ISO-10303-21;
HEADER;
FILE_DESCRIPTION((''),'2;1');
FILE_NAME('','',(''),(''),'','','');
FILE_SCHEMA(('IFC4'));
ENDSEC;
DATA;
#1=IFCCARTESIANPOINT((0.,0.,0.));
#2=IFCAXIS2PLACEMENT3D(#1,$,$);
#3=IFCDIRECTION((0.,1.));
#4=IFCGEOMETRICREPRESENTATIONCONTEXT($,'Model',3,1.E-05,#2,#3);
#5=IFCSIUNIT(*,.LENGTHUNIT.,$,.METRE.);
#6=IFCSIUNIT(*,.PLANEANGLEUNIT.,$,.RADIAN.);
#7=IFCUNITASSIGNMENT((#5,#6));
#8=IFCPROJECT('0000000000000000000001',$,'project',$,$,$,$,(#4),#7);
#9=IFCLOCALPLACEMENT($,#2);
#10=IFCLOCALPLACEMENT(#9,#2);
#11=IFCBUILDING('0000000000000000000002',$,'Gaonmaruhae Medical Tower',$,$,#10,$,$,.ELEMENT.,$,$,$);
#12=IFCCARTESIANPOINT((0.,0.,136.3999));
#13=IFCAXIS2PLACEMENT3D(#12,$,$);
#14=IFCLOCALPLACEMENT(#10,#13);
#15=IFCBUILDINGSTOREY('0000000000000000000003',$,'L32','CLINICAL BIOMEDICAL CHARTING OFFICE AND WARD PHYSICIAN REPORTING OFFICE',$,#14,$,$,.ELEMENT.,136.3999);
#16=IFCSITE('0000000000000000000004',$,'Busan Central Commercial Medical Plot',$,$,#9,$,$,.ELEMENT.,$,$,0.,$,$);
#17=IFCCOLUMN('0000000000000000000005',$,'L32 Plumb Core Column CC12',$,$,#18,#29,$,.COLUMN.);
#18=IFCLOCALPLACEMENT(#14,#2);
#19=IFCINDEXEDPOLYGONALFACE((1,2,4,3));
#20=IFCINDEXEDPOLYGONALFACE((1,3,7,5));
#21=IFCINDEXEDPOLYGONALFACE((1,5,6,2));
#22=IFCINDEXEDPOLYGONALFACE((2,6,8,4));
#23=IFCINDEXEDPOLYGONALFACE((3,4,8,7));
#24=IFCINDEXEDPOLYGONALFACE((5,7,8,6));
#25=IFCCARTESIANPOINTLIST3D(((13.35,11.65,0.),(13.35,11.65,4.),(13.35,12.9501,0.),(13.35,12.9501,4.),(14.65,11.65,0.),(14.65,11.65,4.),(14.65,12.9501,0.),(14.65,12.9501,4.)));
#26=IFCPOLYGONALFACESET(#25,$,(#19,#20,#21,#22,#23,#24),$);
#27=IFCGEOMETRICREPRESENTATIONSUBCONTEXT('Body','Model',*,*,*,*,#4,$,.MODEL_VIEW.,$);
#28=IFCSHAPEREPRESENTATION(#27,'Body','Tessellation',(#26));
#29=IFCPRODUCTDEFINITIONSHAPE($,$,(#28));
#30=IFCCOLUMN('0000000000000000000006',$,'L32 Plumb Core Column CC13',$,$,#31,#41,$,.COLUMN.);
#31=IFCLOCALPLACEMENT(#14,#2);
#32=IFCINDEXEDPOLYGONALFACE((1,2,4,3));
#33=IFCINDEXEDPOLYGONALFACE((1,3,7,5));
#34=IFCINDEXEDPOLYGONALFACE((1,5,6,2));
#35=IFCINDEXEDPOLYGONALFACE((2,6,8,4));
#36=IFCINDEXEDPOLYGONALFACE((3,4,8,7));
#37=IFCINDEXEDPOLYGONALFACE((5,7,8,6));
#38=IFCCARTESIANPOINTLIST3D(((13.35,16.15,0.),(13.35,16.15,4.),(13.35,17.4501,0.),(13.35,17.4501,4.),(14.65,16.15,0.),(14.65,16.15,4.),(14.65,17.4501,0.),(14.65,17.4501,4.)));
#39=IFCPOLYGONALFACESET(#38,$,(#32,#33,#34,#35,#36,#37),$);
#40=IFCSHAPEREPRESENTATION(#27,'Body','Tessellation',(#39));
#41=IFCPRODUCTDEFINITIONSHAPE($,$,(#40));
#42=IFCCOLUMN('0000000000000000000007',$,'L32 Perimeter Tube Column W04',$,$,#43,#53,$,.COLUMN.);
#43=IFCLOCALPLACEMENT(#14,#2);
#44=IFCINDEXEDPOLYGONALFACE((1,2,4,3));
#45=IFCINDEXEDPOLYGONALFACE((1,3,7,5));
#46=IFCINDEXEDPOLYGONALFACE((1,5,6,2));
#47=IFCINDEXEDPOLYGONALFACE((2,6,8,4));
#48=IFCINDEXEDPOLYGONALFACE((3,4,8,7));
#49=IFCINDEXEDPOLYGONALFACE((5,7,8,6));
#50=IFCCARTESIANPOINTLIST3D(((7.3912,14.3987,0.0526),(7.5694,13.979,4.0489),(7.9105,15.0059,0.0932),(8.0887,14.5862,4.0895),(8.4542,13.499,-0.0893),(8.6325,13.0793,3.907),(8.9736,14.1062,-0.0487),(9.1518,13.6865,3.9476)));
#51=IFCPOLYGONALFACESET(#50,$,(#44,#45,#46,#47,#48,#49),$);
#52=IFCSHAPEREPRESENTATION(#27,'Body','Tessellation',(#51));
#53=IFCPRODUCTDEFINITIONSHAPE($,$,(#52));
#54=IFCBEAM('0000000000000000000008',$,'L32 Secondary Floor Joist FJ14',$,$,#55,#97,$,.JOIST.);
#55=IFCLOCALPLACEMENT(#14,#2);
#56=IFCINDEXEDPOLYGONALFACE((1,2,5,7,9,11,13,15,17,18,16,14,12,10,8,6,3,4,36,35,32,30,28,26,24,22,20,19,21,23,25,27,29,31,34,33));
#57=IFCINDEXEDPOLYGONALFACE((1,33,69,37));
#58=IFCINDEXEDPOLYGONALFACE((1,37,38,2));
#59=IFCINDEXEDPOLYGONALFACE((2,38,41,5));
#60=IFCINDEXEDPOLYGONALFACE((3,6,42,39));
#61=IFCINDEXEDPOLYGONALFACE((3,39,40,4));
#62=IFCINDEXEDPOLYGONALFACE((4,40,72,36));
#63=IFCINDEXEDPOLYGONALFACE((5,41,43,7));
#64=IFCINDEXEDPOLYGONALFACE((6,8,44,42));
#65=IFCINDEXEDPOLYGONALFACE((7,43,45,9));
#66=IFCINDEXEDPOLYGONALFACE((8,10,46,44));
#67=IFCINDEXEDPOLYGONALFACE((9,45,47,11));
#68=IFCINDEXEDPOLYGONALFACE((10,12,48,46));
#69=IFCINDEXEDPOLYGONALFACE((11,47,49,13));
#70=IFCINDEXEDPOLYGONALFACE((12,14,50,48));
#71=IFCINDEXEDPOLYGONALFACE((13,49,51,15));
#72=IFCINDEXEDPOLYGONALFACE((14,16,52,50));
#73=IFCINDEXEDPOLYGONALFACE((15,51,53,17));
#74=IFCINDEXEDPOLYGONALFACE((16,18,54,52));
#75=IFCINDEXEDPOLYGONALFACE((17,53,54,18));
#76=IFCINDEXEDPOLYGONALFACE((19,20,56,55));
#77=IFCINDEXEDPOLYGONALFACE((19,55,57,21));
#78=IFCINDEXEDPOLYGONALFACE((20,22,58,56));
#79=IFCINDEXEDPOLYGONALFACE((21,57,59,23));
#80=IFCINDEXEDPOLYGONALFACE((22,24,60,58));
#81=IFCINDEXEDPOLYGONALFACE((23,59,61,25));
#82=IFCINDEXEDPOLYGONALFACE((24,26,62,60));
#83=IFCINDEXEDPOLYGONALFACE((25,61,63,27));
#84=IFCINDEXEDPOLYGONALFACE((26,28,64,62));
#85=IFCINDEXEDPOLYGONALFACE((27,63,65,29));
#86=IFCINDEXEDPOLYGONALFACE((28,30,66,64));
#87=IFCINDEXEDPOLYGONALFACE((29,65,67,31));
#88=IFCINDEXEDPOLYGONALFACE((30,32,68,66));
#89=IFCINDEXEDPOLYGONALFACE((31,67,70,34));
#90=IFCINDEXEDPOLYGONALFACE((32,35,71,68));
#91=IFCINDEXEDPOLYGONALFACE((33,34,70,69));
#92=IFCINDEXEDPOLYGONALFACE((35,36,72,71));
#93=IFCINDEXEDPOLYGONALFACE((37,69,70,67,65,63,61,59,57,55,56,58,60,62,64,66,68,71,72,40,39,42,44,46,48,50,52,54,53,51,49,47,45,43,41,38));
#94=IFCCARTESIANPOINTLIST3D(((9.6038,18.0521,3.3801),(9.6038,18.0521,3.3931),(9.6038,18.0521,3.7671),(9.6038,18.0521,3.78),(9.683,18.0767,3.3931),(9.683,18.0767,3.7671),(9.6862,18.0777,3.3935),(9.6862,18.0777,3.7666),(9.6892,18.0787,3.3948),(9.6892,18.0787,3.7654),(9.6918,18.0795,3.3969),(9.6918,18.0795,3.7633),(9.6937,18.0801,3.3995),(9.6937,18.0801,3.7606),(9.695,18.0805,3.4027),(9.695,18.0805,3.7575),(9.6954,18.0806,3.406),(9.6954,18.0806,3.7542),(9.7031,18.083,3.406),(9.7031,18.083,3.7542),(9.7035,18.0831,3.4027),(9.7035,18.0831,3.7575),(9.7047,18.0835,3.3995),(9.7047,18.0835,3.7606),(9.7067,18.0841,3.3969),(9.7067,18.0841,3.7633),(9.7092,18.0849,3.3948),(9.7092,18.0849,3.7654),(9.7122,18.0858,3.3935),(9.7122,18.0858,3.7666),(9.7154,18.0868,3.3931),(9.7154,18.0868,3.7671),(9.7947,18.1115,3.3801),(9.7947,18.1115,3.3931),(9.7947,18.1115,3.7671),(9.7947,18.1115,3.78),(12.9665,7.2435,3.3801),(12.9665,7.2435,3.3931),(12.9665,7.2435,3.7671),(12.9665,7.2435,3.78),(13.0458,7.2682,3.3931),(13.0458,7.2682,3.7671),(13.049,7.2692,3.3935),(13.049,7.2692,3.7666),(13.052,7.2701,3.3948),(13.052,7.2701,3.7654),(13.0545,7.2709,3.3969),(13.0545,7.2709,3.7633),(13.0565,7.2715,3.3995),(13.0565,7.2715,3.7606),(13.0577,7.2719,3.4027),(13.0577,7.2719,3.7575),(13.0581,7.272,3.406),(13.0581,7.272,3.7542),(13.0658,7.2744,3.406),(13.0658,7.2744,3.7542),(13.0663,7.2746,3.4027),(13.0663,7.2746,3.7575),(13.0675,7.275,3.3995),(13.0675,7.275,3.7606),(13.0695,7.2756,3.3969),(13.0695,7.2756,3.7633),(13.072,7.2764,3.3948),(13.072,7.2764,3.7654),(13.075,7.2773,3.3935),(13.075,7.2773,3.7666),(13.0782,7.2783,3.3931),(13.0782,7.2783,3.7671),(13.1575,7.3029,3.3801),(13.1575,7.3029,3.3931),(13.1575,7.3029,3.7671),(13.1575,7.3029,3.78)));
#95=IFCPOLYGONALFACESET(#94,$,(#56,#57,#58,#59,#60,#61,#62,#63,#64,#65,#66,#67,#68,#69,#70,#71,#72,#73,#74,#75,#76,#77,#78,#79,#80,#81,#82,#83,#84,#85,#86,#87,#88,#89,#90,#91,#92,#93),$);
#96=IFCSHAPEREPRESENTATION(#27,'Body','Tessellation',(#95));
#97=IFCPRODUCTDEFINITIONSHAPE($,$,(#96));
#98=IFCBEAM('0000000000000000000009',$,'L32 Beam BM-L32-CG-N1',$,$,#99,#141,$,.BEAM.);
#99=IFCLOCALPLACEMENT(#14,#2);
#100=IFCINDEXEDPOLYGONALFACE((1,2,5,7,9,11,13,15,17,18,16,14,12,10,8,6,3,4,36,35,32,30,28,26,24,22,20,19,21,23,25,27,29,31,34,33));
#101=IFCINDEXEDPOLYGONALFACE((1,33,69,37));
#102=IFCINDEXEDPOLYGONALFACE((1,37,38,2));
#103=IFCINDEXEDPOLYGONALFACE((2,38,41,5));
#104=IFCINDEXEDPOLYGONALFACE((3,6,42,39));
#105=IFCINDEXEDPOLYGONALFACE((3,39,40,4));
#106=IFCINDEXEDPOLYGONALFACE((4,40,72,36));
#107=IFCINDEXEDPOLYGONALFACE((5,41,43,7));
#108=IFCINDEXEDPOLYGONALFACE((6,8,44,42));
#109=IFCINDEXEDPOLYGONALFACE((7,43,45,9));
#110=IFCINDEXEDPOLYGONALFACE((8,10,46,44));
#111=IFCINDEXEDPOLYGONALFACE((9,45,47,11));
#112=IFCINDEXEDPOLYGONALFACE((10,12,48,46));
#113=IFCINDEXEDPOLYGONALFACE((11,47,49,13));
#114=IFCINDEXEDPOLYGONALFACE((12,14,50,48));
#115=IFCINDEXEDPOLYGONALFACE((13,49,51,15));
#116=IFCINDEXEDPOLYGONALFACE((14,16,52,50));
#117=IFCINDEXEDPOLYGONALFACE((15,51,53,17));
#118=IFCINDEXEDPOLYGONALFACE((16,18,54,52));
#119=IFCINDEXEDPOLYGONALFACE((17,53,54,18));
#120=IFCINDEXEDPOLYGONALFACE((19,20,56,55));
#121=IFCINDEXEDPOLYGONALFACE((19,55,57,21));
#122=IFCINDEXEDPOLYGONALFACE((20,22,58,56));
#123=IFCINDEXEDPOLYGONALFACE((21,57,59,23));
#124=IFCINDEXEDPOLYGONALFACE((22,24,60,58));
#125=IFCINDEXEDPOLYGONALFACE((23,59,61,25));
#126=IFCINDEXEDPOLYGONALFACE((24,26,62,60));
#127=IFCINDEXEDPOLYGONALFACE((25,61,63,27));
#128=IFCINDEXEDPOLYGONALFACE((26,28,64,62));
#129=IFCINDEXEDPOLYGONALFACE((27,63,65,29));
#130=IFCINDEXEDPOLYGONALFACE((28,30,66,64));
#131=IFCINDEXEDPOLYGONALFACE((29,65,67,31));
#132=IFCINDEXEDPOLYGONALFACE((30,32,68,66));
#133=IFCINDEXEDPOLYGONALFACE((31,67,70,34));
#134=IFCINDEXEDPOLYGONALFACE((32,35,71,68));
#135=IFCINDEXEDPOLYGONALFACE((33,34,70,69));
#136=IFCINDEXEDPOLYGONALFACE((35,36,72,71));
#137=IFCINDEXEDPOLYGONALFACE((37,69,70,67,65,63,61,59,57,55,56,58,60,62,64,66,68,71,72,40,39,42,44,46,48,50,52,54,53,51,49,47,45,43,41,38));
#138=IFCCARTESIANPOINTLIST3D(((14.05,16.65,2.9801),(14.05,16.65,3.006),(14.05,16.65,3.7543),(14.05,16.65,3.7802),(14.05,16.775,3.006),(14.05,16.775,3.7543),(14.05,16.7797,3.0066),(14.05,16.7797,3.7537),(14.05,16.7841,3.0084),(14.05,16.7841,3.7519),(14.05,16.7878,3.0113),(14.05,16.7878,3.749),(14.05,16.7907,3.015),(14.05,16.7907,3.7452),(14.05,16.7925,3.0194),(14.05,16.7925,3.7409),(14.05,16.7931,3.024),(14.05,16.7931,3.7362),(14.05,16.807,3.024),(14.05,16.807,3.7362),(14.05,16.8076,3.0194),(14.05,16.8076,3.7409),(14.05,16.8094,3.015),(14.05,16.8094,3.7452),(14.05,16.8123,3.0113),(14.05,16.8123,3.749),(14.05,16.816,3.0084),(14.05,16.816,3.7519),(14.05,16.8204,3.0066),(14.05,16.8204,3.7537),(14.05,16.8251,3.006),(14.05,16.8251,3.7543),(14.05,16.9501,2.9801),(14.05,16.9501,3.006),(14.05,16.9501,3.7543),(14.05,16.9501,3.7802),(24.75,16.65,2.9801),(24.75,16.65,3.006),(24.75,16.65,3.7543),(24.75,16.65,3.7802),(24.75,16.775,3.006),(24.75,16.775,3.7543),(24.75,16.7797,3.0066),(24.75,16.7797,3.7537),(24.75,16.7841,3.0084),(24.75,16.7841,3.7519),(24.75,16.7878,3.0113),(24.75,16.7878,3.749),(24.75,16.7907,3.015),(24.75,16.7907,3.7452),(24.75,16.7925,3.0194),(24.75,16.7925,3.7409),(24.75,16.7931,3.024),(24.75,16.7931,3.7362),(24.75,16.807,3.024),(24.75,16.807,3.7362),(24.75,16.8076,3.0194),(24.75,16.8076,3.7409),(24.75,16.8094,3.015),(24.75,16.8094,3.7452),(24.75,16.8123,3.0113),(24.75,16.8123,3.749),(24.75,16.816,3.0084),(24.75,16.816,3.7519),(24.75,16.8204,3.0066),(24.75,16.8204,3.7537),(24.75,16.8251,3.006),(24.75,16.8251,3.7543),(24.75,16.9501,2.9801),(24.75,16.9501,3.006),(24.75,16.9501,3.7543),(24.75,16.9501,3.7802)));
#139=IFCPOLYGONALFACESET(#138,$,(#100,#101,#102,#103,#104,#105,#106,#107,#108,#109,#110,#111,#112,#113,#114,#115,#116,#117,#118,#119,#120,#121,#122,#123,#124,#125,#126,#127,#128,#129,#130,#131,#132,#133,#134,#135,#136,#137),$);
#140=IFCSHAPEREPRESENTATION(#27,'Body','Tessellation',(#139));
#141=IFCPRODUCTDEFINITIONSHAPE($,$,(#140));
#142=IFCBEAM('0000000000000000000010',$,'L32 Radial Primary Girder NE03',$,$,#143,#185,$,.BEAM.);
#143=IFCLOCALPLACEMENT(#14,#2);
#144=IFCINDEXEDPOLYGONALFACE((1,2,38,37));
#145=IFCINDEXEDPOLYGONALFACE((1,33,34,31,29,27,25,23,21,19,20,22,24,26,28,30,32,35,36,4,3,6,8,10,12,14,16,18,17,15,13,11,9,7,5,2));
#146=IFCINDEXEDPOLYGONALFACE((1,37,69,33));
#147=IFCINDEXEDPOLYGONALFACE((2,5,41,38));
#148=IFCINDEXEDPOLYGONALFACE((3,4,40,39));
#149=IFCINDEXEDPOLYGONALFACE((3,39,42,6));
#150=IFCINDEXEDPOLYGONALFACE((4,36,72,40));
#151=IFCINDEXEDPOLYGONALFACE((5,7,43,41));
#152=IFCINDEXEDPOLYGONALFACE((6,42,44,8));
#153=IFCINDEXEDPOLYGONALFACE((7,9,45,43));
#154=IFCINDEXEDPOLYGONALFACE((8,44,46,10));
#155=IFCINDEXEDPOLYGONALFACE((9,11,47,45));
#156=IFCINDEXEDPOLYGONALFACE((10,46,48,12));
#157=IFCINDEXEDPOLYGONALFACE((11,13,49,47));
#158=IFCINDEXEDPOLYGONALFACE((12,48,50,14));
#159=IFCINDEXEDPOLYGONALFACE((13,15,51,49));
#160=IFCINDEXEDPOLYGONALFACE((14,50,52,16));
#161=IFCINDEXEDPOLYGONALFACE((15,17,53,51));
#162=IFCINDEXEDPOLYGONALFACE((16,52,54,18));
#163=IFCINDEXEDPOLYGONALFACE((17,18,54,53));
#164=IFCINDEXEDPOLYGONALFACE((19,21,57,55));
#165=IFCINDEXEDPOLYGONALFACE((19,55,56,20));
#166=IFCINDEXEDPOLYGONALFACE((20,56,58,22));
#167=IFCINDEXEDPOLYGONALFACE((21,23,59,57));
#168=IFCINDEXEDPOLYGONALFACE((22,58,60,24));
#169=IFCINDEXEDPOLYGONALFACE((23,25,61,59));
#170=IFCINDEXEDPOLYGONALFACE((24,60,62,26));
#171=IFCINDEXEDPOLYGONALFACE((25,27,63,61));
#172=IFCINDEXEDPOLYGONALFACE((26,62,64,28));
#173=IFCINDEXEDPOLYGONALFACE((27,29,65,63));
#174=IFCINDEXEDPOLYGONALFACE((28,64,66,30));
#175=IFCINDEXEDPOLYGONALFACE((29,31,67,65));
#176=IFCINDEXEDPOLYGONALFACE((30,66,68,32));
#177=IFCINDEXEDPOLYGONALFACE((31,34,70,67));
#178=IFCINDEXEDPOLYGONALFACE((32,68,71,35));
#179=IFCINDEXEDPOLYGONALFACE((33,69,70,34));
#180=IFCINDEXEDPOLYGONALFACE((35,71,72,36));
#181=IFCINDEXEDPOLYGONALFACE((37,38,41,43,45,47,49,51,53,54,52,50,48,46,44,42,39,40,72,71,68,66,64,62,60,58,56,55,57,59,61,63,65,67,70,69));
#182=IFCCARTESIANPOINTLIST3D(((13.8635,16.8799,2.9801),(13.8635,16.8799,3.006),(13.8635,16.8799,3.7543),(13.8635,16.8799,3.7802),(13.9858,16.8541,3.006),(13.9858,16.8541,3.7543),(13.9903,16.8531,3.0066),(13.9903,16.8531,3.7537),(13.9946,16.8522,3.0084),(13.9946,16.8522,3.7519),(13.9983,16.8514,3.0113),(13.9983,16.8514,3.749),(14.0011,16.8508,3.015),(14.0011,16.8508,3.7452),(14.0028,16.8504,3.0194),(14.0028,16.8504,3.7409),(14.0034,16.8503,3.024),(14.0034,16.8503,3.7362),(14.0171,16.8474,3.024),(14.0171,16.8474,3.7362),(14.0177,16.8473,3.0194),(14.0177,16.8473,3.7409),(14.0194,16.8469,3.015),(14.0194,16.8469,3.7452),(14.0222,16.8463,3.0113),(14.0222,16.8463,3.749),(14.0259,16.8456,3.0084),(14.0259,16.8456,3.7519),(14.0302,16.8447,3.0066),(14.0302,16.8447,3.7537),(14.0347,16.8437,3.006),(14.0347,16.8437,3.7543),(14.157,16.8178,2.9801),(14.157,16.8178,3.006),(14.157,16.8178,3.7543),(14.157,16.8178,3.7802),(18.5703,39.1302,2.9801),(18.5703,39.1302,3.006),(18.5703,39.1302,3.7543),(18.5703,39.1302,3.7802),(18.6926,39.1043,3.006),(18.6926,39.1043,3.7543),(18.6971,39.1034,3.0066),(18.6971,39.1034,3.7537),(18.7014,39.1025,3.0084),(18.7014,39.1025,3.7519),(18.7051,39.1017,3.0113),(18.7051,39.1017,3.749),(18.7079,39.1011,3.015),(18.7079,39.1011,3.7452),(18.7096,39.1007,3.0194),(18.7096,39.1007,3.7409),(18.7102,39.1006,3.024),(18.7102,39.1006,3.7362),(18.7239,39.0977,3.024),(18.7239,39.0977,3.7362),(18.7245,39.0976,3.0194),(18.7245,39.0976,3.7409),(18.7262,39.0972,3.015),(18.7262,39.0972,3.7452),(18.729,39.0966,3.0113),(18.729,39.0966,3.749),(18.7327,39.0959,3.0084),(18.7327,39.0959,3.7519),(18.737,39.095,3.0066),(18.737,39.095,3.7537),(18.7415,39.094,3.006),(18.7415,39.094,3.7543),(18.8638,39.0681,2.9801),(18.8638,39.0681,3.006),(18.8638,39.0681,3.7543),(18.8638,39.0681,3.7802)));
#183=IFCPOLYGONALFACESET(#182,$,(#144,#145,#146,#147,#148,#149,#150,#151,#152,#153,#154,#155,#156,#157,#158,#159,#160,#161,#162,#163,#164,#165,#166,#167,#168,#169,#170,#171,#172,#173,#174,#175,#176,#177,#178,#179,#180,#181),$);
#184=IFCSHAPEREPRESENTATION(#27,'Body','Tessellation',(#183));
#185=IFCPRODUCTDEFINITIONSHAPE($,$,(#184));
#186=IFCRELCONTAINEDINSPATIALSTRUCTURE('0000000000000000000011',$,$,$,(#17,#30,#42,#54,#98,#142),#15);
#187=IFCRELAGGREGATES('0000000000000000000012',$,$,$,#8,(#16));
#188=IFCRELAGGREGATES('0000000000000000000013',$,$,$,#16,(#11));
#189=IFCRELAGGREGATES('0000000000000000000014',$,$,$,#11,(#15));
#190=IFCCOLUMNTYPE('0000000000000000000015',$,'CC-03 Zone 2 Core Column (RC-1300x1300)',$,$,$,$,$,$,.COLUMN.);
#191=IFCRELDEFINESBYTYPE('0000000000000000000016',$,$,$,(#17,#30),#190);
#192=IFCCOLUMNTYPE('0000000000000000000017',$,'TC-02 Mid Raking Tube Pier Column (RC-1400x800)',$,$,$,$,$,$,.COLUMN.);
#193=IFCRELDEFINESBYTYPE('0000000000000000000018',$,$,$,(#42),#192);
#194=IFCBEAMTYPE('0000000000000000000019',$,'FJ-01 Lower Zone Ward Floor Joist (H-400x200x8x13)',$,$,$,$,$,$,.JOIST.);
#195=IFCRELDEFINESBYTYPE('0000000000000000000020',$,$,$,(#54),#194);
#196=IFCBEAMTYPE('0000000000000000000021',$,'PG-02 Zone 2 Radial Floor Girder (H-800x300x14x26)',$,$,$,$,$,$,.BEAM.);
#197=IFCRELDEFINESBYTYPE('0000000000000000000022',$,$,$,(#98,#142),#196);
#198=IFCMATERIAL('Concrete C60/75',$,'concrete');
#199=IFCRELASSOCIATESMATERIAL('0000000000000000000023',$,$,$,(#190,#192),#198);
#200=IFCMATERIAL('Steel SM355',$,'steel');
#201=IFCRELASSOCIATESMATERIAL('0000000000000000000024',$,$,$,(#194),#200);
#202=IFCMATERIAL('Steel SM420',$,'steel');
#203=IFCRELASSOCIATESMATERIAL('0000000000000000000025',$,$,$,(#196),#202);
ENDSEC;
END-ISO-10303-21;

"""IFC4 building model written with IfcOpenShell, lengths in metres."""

from ifc_helpers import new_model, si_unit, direction, frame, origin, origin_2d, place, context, subcontext, project, spatial, rectangle, i_section, extrude, material, material_profile, profile_set, type_object, element, save


model = new_model("IFC4")

# Units and contexts
model_context = context("Model", 3, precision=1e-05, world=origin(), true_north=direction((0.0, 1.0)))
body_context = subcontext(model_context, "Body", "Model", "MODEL_VIEW")
ifc_project = project(units=[si_unit("LENGTHUNIT", "METRE"), si_unit("PLANEANGLEUNIT", "RADIAN")], contexts=[model_context])

# Site, building, storey
site_placement = place(None, origin())
site = spatial("IfcSite", under=ifc_project, at=site_placement, Name="Busan Central Commercial Medical Plot", CompositionType="ELEMENT", RefElevation=0.0)
building_placement = place(site_placement, origin())
building = spatial("IfcBuilding", under=site, at=building_placement, Name="Gaonmaruhae Medical Tower", CompositionType="ELEMENT")
storey_placement = place(building_placement, frame((0.0, 0.0, 136.3999)))
storey = spatial("IfcBuildingStorey", under=building, at=storey_placement, Name="L32", Description="CLINICAL BIOMEDICAL CHARTING OFFICE AND WARD PHYSICIAN REPORTING OFFICE", CompositionType="ELEMENT", Elevation=136.3999)

# Columns
ifc_material_1 = material(Name="Concrete C60/75", Category="concrete")
ifc_material_profile_1 = material_profile(ifc_material_1, rectangle(XDim=1.3, YDim=1.3, at=origin_2d()), Name="RC-1300x1300")
ifc_profile_set_1 = profile_set([ifc_material_profile_1], Name="Concrete C60/75")
column_type_1 = type_object("IfcColumnType", Name="CC-03 Zone 2 Core Column (RC-1300x1300)", PredefinedType="COLUMN", material=ifc_profile_set_1)
for number, where, z_axis, x_axis, name in (
    (1, (14.0, 12.3, 0.0), (0.0, 0.0, 1.0), (1.0, 0.0, 0.0), "L32 Plumb Core Column CC12"),
    (2, (14.0, 16.8, 0.0), (0.0, 0.0, 1.0), (1.0, 0.0, 0.0), "L32 Plumb Core Column CC13"),
):
    element("IfcColumn", number, at=place(storey_placement, frame(where, z_axis=z_axis, x_axis=x_axis)), inside=storey, type_object=column_type_1, Name=name, PredefinedType="COLUMN", context=body_context, shape_type="SweptSolid", body=[
        extrude(rectangle(XDim=1.3, YDim=1.3, at=origin_2d()), origin(), (0.0, 0.0, 1.0), 4.0),
    ])
ifc_material_profile_2 = material_profile(ifc_material_1, rectangle(XDim=1.3999, YDim=0.8, at=origin_2d()), Name="RC-1400x800")
ifc_profile_set_2 = profile_set([ifc_material_profile_2], Name="Concrete C60/75")
column_type_2 = type_object("IfcColumnType", Name="TC-02 Mid Raking Tube Pier Column (RC-1400x800)", PredefinedType="COLUMN", material=ifc_profile_set_2)
column_placement = place(storey_placement, frame((8.1824, 14.2524, 0.002), z_axis=(0.044309, -0.104339, 0.993554), x_axis=(-0.75939, 0.642692, 0.101359)))
element("IfcColumn", 3, at=column_placement, inside=storey, type_object=column_type_2, Name="L32 Perimeter Tube Column W04", PredefinedType="COLUMN", context=body_context, shape_type="SweptSolid", body=[
    extrude(rectangle(XDim=1.3999, YDim=0.8, at=origin_2d()), origin(), (0.0, 0.0, 1.0), 4.0222),
])

# Beams
ifc_material_2 = material(Name="Steel SM355", Category="steel")
ifc_material_profile_3 = material_profile(ifc_material_2, i_section(OverallWidth=0.2, OverallDepth=0.3999, WebThickness=0.0081, FlangeThickness=0.0129, FilletRadius=0.0129, at=origin_2d()), Name="H-400x200x8x13")
ifc_profile_set_3 = profile_set([ifc_material_profile_3], Name="Steel SM355")
beam_type_1 = type_object("IfcBeamType", Name="FJ-01 Lower Zone Ward Floor Joist (H-400x200x8x13)", PredefinedType="JOIST", material=ifc_profile_set_3)
beam_1_placement = place(storey_placement, frame((9.6992, 18.0818, 3.5801), z_axis=(0.297076, -0.954854, 0.0), x_axis=(0.954854, 0.297076, 0.0)))
element("IfcBeam", 4, at=beam_1_placement, inside=storey, type_object=beam_type_1, Name="L32 Secondary Floor Joist FJ14", PredefinedType="JOIST", context=body_context, shape_type="SweptSolid", body=[
    extrude(i_section(OverallWidth=0.2, OverallDepth=0.3999, WebThickness=0.0081, FlangeThickness=0.0129, FilletRadius=0.0129, at=origin_2d()), origin(), (0.0, 0.0, 1.0), 11.3196),
])
ifc_material_3 = material(Name="Steel SM420", Category="steel")
ifc_material_profile_4 = material_profile(ifc_material_3, i_section(OverallWidth=0.3, OverallDepth=0.8, WebThickness=0.0139, FlangeThickness=0.0259, FilletRadius=0.0181, at=origin_2d()), Name="H-800x300x14x26")
ifc_profile_set_4 = profile_set([ifc_material_profile_4], Name="Steel SM420")
beam_type_2 = type_object("IfcBeamType", Name="PG-02 Zone 2 Radial Floor Girder (H-800x300x14x26)", PredefinedType="BEAM", material=ifc_profile_set_4)
beam_2_placement = place(storey_placement, frame((14.05, 16.8, 3.3801), z_axis=(1.0, 0.0, 0.0), x_axis=(0.0, 1.0, 0.0)))
element("IfcBeam", 5, at=beam_2_placement, inside=storey, type_object=beam_type_2, Name="L32 Beam BM-L32-CG-N1", PredefinedType="BEAM", context=body_context, shape_type="SweptSolid", body=[
    extrude(i_section(OverallWidth=0.3, OverallDepth=0.8, WebThickness=0.0139, FlangeThickness=0.0259, FilletRadius=0.0181, at=origin_2d()), origin(), (0.0, 0.0, 1.0), 10.7),
])
beam_3_placement = place(storey_placement, frame((14.0103, 16.8489, 3.3801), z_axis=(0.206959, 0.97835, 0.0), x_axis=(-0.97835, 0.206959, 0.0)))
element("IfcBeam", 6, at=beam_3_placement, inside=storey, type_object=beam_type_2, Name="L32 Radial Primary Girder NE03", PredefinedType="BEAM", context=body_context, shape_type="SweptSolid", body=[
    extrude(i_section(OverallWidth=0.3, OverallDepth=0.8, WebThickness=0.0139, FlangeThickness=0.0259, FilletRadius=0.0181, at=origin_2d()), origin(), (0.0, 0.0, 1.0), 22.7427),
])

save(model, "model.ifc")
